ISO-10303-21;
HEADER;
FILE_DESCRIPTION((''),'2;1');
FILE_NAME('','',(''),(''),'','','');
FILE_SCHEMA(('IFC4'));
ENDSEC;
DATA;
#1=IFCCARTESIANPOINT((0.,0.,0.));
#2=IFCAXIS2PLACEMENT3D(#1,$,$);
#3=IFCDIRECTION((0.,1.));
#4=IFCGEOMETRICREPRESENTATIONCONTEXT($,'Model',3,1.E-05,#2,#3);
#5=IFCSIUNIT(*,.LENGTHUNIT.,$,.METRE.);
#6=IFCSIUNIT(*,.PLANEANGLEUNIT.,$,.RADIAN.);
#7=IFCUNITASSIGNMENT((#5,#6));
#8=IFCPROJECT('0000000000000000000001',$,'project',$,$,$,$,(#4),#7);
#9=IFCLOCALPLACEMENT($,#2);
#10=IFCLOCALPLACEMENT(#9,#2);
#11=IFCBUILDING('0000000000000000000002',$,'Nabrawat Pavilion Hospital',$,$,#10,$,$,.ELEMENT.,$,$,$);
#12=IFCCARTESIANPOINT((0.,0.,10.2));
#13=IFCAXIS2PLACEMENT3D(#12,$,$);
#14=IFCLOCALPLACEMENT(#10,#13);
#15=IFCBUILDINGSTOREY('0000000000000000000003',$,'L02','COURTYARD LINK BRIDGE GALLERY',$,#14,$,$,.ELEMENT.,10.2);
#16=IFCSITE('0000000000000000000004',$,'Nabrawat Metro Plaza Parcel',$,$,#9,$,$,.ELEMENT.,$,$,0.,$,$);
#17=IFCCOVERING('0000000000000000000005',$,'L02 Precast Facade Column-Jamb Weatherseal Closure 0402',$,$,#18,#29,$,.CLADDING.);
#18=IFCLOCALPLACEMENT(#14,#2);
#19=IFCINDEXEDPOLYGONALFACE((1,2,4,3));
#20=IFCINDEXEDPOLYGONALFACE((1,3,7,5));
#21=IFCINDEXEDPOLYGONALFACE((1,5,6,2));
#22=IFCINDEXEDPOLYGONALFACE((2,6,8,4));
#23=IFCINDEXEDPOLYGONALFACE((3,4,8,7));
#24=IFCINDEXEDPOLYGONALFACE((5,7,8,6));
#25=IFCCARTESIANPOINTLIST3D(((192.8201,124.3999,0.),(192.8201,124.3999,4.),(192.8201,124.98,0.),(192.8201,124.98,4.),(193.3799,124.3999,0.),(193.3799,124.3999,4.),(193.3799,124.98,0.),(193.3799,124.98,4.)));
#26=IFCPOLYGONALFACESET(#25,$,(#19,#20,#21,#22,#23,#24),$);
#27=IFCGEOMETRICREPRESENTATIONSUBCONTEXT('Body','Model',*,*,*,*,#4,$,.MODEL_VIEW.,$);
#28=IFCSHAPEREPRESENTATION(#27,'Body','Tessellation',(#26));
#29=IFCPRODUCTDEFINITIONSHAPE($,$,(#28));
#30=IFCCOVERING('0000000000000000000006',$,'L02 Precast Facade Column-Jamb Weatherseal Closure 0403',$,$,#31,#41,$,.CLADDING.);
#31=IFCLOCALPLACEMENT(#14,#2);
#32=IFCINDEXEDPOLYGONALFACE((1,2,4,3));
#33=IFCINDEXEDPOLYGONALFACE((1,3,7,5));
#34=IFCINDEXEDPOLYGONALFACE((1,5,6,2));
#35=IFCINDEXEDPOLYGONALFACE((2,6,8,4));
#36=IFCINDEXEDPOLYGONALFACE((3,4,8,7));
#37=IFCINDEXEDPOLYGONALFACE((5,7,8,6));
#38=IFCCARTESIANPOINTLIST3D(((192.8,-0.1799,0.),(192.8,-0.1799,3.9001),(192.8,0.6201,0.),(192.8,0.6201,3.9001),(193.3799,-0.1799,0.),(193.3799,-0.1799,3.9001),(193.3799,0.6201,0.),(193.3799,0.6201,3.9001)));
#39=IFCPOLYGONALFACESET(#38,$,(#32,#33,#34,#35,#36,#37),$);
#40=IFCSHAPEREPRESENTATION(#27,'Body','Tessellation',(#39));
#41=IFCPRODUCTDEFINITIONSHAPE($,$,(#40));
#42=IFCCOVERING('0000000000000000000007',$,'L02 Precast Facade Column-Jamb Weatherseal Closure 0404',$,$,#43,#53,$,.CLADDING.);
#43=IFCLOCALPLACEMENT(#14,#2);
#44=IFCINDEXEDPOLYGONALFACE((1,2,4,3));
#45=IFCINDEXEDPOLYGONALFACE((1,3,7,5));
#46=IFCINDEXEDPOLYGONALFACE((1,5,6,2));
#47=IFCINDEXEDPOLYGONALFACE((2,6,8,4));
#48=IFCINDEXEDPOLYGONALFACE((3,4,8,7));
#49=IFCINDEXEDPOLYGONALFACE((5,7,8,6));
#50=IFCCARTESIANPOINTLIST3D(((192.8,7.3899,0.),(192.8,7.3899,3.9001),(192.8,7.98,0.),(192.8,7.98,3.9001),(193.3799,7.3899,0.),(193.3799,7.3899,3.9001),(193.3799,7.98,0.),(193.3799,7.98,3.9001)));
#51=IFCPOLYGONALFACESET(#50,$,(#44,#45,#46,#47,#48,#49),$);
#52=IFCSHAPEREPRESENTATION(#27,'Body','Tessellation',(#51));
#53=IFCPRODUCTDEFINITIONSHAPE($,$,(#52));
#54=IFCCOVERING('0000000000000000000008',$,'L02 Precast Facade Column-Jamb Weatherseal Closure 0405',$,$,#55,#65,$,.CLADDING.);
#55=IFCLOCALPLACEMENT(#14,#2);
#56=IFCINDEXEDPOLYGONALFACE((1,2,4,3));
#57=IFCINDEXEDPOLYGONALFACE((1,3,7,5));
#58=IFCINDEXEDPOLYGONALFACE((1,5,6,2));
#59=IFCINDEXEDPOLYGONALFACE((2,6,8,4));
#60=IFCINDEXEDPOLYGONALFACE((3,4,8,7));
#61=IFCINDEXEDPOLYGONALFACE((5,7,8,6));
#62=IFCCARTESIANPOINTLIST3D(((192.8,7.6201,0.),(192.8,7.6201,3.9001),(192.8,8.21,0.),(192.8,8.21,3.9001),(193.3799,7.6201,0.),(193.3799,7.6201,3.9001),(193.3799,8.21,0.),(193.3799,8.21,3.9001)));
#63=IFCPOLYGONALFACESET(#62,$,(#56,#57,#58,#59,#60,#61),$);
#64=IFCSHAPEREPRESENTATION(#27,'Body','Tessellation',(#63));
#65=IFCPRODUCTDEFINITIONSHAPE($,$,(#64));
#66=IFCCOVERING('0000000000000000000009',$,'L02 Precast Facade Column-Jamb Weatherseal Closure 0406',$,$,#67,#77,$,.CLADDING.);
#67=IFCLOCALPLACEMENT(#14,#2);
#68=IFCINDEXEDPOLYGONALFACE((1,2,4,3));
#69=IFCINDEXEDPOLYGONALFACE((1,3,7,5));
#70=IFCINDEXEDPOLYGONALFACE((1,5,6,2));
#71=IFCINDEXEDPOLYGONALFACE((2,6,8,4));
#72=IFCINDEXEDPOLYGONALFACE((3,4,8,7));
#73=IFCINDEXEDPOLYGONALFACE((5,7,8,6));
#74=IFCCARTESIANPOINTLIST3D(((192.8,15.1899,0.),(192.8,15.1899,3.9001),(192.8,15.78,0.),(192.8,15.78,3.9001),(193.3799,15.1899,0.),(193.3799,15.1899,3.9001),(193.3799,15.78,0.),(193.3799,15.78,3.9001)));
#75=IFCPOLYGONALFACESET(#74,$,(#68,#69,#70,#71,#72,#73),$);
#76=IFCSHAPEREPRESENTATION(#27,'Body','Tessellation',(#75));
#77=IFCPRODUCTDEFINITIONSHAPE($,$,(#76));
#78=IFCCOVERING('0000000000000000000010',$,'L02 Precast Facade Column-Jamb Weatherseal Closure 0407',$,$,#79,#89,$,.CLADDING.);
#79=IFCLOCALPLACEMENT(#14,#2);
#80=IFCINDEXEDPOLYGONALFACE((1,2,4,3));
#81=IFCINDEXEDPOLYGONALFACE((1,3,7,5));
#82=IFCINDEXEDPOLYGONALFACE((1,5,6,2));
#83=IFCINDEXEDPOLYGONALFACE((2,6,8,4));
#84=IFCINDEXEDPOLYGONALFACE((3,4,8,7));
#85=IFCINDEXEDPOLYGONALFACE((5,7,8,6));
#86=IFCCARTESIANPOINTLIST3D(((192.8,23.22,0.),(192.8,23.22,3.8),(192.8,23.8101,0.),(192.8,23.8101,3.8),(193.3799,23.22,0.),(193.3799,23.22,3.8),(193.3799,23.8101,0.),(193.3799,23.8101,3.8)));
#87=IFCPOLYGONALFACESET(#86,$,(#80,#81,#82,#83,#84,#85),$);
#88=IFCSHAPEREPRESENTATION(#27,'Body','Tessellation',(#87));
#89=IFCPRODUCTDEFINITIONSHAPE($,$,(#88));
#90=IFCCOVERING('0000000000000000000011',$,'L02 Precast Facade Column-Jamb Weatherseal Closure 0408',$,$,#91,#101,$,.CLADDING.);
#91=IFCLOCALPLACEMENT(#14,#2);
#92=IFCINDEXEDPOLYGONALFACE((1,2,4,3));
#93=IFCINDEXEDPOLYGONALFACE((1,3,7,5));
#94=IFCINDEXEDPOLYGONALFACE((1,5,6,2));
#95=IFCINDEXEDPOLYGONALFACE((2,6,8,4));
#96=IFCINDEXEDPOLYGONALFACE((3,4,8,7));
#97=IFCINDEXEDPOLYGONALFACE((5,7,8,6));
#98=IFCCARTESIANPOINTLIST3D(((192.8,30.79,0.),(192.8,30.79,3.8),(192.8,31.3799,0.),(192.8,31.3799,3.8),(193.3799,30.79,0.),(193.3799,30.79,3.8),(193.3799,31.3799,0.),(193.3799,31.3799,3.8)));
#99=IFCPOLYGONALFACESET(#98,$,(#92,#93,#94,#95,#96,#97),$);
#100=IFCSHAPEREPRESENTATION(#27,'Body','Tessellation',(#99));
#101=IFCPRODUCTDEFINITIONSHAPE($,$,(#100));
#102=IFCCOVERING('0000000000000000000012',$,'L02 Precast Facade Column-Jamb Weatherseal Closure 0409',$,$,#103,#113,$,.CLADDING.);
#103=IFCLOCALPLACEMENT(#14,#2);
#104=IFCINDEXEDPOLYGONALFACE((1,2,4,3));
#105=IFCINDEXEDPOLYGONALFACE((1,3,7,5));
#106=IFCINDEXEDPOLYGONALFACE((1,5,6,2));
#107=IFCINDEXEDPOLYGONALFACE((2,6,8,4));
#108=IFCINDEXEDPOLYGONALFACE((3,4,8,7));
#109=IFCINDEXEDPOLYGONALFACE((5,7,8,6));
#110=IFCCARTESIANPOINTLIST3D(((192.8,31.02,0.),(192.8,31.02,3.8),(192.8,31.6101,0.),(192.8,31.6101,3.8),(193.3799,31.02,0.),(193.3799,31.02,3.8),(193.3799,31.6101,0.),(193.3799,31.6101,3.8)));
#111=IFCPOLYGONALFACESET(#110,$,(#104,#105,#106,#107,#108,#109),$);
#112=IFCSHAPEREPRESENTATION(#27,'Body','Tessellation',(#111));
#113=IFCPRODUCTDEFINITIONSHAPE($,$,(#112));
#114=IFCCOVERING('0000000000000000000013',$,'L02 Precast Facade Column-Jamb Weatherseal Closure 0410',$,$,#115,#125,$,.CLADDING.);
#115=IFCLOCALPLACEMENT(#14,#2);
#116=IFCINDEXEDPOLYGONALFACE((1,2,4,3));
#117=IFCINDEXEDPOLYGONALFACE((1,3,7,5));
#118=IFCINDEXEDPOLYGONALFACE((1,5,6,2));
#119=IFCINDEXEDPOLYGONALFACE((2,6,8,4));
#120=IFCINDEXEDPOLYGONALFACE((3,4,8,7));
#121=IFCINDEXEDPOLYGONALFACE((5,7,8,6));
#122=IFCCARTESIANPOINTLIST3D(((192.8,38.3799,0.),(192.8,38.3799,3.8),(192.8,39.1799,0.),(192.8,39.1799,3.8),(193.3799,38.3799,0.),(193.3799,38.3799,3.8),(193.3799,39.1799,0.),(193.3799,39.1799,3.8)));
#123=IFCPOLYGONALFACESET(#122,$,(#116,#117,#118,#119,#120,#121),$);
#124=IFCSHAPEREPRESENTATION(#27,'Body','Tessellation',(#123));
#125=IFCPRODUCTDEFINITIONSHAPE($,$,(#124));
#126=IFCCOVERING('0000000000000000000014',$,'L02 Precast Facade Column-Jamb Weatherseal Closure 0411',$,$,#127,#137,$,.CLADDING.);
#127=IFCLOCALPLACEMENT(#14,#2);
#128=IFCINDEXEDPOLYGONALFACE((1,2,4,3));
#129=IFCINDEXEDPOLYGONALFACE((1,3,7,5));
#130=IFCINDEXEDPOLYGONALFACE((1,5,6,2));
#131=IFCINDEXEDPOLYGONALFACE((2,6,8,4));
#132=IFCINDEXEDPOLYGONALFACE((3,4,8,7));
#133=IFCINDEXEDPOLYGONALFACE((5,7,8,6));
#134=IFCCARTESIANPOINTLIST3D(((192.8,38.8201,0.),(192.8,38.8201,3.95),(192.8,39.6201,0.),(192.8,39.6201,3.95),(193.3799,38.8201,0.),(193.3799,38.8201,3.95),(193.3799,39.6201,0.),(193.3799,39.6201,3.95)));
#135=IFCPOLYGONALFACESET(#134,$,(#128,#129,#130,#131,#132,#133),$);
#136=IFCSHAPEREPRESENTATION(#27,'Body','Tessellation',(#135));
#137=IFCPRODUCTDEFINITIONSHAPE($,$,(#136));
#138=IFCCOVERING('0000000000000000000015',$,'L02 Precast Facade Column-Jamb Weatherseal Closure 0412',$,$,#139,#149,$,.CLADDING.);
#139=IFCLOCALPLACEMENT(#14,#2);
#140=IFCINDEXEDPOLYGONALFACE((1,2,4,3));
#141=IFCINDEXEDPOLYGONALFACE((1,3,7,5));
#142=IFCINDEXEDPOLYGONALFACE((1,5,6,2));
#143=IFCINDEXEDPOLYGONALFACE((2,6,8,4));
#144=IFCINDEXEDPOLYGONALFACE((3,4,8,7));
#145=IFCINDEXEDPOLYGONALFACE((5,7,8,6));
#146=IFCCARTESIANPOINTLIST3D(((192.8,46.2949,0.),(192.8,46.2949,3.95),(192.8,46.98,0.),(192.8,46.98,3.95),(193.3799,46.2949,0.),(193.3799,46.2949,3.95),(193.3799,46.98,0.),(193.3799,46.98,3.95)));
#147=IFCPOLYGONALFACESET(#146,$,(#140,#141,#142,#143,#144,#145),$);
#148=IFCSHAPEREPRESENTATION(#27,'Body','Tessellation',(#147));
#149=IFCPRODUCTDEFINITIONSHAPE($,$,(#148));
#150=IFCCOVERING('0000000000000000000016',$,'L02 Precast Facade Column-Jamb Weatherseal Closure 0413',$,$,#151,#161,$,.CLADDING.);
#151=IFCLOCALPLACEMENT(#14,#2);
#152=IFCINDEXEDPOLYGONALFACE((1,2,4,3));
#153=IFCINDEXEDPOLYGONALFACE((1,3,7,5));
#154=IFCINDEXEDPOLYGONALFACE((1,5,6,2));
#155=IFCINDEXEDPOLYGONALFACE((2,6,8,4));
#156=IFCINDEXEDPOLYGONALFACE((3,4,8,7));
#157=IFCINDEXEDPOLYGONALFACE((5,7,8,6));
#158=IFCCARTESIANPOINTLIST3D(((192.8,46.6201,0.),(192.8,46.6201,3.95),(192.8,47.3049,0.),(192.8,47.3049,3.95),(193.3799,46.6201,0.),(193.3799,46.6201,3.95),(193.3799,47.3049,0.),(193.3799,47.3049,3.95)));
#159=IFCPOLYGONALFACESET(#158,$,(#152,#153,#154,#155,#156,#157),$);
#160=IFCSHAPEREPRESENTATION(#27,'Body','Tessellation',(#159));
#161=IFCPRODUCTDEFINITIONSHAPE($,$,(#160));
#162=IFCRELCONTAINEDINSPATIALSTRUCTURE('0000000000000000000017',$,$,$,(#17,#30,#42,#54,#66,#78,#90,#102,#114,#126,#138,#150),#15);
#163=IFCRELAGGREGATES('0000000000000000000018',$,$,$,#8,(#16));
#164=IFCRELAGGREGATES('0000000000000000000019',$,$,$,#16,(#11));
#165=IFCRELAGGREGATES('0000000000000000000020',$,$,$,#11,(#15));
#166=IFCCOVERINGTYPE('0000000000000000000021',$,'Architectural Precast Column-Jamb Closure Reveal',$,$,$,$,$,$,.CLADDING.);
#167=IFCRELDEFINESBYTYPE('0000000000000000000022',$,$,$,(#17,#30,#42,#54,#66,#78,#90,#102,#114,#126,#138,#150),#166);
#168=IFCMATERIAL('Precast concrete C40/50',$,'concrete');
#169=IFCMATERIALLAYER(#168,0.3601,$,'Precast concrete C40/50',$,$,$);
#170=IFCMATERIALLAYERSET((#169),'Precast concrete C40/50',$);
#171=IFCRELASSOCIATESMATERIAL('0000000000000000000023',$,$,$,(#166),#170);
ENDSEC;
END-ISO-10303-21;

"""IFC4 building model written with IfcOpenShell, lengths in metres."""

from ifc_helpers import new_model, si_unit, direction, frame, origin, place, context, subcontext, project, spatial, polyline, outline, extrude, material, layer, layer_set, type_object, element, save


model = new_model("IFC4")

# Units and contexts
model_context = context("Model", 3, precision=1e-05, world=origin(), true_north=direction((0.0, 1.0)))
body_context = subcontext(model_context, "Body", "Model", "MODEL_VIEW")
ifc_project = project(units=[si_unit("LENGTHUNIT", "METRE"), si_unit("PLANEANGLEUNIT", "RADIAN")], contexts=[model_context])

# Site, building, storey
site_placement = place(None, origin())
site = spatial("IfcSite", under=ifc_project, at=site_placement, Name="Nabrawat Metro Plaza Parcel", CompositionType="ELEMENT", RefElevation=0.0)
building_placement = place(site_placement, origin())
building = spatial("IfcBuilding", under=site, at=building_placement, Name="Nabrawat Pavilion Hospital", CompositionType="ELEMENT")
storey_placement = place(building_placement, frame((0.0, 0.0, 10.2)))
storey = spatial("IfcBuildingStorey", under=building, at=storey_placement, Name="L02", Description="COURTYARD LINK BRIDGE GALLERY", CompositionType="ELEMENT", Elevation=10.2)

# Shared definitions
ifc_material_1 = material(Name="Precast concrete C40/50", Category="concrete")

# Coverings
ifc_layer_1 = layer(ifc_material_1, 0.3601, Name="Precast concrete C40/50")
ifc_layer_set_1 = layer_set([ifc_layer_1], Name="Precast concrete C40/50")
covering_type = type_object("IfcCoveringType", Name="Architectural Precast Column-Jamb Closure Reveal", PredefinedType="CLADDING", material=ifc_layer_set_1)
covering_1_placement = place(storey_placement, origin())
element("IfcCovering", 1, at=covering_1_placement, inside=storey, type_object=covering_type, Name="L02 Precast Facade Column-Jamb Weatherseal Closure 0402", PredefinedType="CLADDING", context=body_context, shape_type="SweptSolid", body=[
    extrude(outline(polyline([(193.3799, 124.3999), (193.3799, 124.98), (192.8201, 124.98), (192.8201, 124.3999), (193.3799, 124.3999)])), origin(), (0.0, 0.0, 1.0), 4.0),
])
covering_2_placement = place(storey_placement, origin())
element("IfcCovering", 2, at=covering_2_placement, inside=storey, type_object=covering_type, Name="L02 Precast Facade Column-Jamb Weatherseal Closure 0403", PredefinedType="CLADDING", context=body_context, shape_type="SweptSolid", body=[
    extrude(outline(polyline([(193.3799, -0.1799), (193.3799, 0.6201), (192.8, 0.6201), (192.8, -0.1799), (193.3799, -0.1799)])), origin(), (0.0, 0.0, 1.0), 3.9001),
])
covering_3_placement = place(storey_placement, origin())
element("IfcCovering", 3, at=covering_3_placement, inside=storey, type_object=covering_type, Name="L02 Precast Facade Column-Jamb Weatherseal Closure 0404", PredefinedType="CLADDING", context=body_context, shape_type="SweptSolid", body=[
    extrude(outline(polyline([(193.3799, 7.3899), (193.3799, 7.98), (192.8, 7.98), (192.8, 7.3899), (193.3799, 7.3899)])), origin(), (0.0, 0.0, 1.0), 3.9001),
])
covering_4_placement = place(storey_placement, origin())
element("IfcCovering", 4, at=covering_4_placement, inside=storey, type_object=covering_type, Name="L02 Precast Facade Column-Jamb Weatherseal Closure 0405", PredefinedType="CLADDING", context=body_context, shape_type="SweptSolid", body=[
    extrude(outline(polyline([(193.3799, 7.6201), (193.3799, 8.21), (192.8, 8.21), (192.8, 7.6201), (193.3799, 7.6201)])), origin(), (0.0, 0.0, 1.0), 3.9001),
])
covering_5_placement = place(storey_placement, origin())
element("IfcCovering", 5, at=covering_5_placement, inside=storey, type_object=covering_type, Name="L02 Precast Facade Column-Jamb Weatherseal Closure 0406", PredefinedType="CLADDING", context=body_context, shape_type="SweptSolid", body=[
    extrude(outline(polyline([(193.3799, 15.1899), (193.3799, 15.78), (192.8, 15.78), (192.8, 15.1899), (193.3799, 15.1899)])), origin(), (0.0, 0.0, 1.0), 3.9001),
])
covering_6_placement = place(storey_placement, origin())
element("IfcCovering", 6, at=covering_6_placement, inside=storey, type_object=covering_type, Name="L02 Precast Facade Column-Jamb Weatherseal Closure 0407", PredefinedType="CLADDING", context=body_context, shape_type="SweptSolid", body=[
    extrude(outline(polyline([(193.3799, 23.22), (193.3799, 23.8101), (192.8, 23.8101), (192.8, 23.22), (193.3799, 23.22)])), origin(), (0.0, 0.0, 1.0), 3.8),
])
covering_7_placement = place(storey_placement, origin())
element("IfcCovering", 7, at=covering_7_placement, inside=storey, type_object=covering_type, Name="L02 Precast Facade Column-Jamb Weatherseal Closure 0408", PredefinedType="CLADDING", context=body_context, shape_type="SweptSolid", body=[
    extrude(outline(polyline([(193.3799, 30.79), (193.3799, 31.3799), (192.8, 31.3799), (192.8, 30.79), (193.3799, 30.79)])), origin(), (0.0, 0.0, 1.0), 3.8),
])
covering_8_placement = place(storey_placement, origin())
element("IfcCovering", 8, at=covering_8_placement, inside=storey, type_object=covering_type, Name="L02 Precast Facade Column-Jamb Weatherseal Closure 0409", PredefinedType="CLADDING", context=body_context, shape_type="SweptSolid", body=[
    extrude(outline(polyline([(193.3799, 31.02), (193.3799, 31.6101), (192.8, 31.6101), (192.8, 31.02), (193.3799, 31.02)])), origin(), (0.0, 0.0, 1.0), 3.8),
])
covering_9_placement = place(storey_placement, origin())
element("IfcCovering", 9, at=covering_9_placement, inside=storey, type_object=covering_type, Name="L02 Precast Facade Column-Jamb Weatherseal Closure 0410", PredefinedType="CLADDING", context=body_context, shape_type="SweptSolid", body=[
    extrude(outline(polyline([(193.3799, 38.3799), (193.3799, 39.1799), (192.8, 39.1799), (192.8, 38.3799), (193.3799, 38.3799)])), origin(), (0.0, 0.0, 1.0), 3.8),
])
covering_10_placement = place(storey_placement, origin())
element("IfcCovering", 10, at=covering_10_placement, inside=storey, type_object=covering_type, Name="L02 Precast Facade Column-Jamb Weatherseal Closure 0411", PredefinedType="CLADDING", context=body_context, shape_type="SweptSolid", body=[
    extrude(outline(polyline([(193.3799, 38.8201), (193.3799, 39.6201), (192.8, 39.6201), (192.8, 38.8201), (193.3799, 38.8201)])), origin(), (0.0, 0.0, 1.0), 3.95),
])
covering_11_placement = place(storey_placement, origin())
element("IfcCovering", 11, at=covering_11_placement, inside=storey, type_object=covering_type, Name="L02 Precast Facade Column-Jamb Weatherseal Closure 0412", PredefinedType="CLADDING", context=body_context, shape_type="SweptSolid", body=[
    extrude(outline(polyline([(193.3799, 46.2949), (193.3799, 46.98), (192.8, 46.98), (192.8, 46.2949), (193.3799, 46.2949)])), origin(), (0.0, 0.0, 1.0), 3.95),
])
covering_12_placement = place(storey_placement, origin())
element("IfcCovering", 12, at=covering_12_placement, inside=storey, type_object=covering_type, Name="L02 Precast Facade Column-Jamb Weatherseal Closure 0413", PredefinedType="CLADDING", context=body_context, shape_type="SweptSolid", body=[
    extrude(outline(polyline([(193.3799, 46.6201), (193.3799, 47.3049), (192.8, 47.3049), (192.8, 46.6201), (193.3799, 46.6201)])), origin(), (0.0, 0.0, 1.0), 3.95),
])

save(model, "model.ifc")
